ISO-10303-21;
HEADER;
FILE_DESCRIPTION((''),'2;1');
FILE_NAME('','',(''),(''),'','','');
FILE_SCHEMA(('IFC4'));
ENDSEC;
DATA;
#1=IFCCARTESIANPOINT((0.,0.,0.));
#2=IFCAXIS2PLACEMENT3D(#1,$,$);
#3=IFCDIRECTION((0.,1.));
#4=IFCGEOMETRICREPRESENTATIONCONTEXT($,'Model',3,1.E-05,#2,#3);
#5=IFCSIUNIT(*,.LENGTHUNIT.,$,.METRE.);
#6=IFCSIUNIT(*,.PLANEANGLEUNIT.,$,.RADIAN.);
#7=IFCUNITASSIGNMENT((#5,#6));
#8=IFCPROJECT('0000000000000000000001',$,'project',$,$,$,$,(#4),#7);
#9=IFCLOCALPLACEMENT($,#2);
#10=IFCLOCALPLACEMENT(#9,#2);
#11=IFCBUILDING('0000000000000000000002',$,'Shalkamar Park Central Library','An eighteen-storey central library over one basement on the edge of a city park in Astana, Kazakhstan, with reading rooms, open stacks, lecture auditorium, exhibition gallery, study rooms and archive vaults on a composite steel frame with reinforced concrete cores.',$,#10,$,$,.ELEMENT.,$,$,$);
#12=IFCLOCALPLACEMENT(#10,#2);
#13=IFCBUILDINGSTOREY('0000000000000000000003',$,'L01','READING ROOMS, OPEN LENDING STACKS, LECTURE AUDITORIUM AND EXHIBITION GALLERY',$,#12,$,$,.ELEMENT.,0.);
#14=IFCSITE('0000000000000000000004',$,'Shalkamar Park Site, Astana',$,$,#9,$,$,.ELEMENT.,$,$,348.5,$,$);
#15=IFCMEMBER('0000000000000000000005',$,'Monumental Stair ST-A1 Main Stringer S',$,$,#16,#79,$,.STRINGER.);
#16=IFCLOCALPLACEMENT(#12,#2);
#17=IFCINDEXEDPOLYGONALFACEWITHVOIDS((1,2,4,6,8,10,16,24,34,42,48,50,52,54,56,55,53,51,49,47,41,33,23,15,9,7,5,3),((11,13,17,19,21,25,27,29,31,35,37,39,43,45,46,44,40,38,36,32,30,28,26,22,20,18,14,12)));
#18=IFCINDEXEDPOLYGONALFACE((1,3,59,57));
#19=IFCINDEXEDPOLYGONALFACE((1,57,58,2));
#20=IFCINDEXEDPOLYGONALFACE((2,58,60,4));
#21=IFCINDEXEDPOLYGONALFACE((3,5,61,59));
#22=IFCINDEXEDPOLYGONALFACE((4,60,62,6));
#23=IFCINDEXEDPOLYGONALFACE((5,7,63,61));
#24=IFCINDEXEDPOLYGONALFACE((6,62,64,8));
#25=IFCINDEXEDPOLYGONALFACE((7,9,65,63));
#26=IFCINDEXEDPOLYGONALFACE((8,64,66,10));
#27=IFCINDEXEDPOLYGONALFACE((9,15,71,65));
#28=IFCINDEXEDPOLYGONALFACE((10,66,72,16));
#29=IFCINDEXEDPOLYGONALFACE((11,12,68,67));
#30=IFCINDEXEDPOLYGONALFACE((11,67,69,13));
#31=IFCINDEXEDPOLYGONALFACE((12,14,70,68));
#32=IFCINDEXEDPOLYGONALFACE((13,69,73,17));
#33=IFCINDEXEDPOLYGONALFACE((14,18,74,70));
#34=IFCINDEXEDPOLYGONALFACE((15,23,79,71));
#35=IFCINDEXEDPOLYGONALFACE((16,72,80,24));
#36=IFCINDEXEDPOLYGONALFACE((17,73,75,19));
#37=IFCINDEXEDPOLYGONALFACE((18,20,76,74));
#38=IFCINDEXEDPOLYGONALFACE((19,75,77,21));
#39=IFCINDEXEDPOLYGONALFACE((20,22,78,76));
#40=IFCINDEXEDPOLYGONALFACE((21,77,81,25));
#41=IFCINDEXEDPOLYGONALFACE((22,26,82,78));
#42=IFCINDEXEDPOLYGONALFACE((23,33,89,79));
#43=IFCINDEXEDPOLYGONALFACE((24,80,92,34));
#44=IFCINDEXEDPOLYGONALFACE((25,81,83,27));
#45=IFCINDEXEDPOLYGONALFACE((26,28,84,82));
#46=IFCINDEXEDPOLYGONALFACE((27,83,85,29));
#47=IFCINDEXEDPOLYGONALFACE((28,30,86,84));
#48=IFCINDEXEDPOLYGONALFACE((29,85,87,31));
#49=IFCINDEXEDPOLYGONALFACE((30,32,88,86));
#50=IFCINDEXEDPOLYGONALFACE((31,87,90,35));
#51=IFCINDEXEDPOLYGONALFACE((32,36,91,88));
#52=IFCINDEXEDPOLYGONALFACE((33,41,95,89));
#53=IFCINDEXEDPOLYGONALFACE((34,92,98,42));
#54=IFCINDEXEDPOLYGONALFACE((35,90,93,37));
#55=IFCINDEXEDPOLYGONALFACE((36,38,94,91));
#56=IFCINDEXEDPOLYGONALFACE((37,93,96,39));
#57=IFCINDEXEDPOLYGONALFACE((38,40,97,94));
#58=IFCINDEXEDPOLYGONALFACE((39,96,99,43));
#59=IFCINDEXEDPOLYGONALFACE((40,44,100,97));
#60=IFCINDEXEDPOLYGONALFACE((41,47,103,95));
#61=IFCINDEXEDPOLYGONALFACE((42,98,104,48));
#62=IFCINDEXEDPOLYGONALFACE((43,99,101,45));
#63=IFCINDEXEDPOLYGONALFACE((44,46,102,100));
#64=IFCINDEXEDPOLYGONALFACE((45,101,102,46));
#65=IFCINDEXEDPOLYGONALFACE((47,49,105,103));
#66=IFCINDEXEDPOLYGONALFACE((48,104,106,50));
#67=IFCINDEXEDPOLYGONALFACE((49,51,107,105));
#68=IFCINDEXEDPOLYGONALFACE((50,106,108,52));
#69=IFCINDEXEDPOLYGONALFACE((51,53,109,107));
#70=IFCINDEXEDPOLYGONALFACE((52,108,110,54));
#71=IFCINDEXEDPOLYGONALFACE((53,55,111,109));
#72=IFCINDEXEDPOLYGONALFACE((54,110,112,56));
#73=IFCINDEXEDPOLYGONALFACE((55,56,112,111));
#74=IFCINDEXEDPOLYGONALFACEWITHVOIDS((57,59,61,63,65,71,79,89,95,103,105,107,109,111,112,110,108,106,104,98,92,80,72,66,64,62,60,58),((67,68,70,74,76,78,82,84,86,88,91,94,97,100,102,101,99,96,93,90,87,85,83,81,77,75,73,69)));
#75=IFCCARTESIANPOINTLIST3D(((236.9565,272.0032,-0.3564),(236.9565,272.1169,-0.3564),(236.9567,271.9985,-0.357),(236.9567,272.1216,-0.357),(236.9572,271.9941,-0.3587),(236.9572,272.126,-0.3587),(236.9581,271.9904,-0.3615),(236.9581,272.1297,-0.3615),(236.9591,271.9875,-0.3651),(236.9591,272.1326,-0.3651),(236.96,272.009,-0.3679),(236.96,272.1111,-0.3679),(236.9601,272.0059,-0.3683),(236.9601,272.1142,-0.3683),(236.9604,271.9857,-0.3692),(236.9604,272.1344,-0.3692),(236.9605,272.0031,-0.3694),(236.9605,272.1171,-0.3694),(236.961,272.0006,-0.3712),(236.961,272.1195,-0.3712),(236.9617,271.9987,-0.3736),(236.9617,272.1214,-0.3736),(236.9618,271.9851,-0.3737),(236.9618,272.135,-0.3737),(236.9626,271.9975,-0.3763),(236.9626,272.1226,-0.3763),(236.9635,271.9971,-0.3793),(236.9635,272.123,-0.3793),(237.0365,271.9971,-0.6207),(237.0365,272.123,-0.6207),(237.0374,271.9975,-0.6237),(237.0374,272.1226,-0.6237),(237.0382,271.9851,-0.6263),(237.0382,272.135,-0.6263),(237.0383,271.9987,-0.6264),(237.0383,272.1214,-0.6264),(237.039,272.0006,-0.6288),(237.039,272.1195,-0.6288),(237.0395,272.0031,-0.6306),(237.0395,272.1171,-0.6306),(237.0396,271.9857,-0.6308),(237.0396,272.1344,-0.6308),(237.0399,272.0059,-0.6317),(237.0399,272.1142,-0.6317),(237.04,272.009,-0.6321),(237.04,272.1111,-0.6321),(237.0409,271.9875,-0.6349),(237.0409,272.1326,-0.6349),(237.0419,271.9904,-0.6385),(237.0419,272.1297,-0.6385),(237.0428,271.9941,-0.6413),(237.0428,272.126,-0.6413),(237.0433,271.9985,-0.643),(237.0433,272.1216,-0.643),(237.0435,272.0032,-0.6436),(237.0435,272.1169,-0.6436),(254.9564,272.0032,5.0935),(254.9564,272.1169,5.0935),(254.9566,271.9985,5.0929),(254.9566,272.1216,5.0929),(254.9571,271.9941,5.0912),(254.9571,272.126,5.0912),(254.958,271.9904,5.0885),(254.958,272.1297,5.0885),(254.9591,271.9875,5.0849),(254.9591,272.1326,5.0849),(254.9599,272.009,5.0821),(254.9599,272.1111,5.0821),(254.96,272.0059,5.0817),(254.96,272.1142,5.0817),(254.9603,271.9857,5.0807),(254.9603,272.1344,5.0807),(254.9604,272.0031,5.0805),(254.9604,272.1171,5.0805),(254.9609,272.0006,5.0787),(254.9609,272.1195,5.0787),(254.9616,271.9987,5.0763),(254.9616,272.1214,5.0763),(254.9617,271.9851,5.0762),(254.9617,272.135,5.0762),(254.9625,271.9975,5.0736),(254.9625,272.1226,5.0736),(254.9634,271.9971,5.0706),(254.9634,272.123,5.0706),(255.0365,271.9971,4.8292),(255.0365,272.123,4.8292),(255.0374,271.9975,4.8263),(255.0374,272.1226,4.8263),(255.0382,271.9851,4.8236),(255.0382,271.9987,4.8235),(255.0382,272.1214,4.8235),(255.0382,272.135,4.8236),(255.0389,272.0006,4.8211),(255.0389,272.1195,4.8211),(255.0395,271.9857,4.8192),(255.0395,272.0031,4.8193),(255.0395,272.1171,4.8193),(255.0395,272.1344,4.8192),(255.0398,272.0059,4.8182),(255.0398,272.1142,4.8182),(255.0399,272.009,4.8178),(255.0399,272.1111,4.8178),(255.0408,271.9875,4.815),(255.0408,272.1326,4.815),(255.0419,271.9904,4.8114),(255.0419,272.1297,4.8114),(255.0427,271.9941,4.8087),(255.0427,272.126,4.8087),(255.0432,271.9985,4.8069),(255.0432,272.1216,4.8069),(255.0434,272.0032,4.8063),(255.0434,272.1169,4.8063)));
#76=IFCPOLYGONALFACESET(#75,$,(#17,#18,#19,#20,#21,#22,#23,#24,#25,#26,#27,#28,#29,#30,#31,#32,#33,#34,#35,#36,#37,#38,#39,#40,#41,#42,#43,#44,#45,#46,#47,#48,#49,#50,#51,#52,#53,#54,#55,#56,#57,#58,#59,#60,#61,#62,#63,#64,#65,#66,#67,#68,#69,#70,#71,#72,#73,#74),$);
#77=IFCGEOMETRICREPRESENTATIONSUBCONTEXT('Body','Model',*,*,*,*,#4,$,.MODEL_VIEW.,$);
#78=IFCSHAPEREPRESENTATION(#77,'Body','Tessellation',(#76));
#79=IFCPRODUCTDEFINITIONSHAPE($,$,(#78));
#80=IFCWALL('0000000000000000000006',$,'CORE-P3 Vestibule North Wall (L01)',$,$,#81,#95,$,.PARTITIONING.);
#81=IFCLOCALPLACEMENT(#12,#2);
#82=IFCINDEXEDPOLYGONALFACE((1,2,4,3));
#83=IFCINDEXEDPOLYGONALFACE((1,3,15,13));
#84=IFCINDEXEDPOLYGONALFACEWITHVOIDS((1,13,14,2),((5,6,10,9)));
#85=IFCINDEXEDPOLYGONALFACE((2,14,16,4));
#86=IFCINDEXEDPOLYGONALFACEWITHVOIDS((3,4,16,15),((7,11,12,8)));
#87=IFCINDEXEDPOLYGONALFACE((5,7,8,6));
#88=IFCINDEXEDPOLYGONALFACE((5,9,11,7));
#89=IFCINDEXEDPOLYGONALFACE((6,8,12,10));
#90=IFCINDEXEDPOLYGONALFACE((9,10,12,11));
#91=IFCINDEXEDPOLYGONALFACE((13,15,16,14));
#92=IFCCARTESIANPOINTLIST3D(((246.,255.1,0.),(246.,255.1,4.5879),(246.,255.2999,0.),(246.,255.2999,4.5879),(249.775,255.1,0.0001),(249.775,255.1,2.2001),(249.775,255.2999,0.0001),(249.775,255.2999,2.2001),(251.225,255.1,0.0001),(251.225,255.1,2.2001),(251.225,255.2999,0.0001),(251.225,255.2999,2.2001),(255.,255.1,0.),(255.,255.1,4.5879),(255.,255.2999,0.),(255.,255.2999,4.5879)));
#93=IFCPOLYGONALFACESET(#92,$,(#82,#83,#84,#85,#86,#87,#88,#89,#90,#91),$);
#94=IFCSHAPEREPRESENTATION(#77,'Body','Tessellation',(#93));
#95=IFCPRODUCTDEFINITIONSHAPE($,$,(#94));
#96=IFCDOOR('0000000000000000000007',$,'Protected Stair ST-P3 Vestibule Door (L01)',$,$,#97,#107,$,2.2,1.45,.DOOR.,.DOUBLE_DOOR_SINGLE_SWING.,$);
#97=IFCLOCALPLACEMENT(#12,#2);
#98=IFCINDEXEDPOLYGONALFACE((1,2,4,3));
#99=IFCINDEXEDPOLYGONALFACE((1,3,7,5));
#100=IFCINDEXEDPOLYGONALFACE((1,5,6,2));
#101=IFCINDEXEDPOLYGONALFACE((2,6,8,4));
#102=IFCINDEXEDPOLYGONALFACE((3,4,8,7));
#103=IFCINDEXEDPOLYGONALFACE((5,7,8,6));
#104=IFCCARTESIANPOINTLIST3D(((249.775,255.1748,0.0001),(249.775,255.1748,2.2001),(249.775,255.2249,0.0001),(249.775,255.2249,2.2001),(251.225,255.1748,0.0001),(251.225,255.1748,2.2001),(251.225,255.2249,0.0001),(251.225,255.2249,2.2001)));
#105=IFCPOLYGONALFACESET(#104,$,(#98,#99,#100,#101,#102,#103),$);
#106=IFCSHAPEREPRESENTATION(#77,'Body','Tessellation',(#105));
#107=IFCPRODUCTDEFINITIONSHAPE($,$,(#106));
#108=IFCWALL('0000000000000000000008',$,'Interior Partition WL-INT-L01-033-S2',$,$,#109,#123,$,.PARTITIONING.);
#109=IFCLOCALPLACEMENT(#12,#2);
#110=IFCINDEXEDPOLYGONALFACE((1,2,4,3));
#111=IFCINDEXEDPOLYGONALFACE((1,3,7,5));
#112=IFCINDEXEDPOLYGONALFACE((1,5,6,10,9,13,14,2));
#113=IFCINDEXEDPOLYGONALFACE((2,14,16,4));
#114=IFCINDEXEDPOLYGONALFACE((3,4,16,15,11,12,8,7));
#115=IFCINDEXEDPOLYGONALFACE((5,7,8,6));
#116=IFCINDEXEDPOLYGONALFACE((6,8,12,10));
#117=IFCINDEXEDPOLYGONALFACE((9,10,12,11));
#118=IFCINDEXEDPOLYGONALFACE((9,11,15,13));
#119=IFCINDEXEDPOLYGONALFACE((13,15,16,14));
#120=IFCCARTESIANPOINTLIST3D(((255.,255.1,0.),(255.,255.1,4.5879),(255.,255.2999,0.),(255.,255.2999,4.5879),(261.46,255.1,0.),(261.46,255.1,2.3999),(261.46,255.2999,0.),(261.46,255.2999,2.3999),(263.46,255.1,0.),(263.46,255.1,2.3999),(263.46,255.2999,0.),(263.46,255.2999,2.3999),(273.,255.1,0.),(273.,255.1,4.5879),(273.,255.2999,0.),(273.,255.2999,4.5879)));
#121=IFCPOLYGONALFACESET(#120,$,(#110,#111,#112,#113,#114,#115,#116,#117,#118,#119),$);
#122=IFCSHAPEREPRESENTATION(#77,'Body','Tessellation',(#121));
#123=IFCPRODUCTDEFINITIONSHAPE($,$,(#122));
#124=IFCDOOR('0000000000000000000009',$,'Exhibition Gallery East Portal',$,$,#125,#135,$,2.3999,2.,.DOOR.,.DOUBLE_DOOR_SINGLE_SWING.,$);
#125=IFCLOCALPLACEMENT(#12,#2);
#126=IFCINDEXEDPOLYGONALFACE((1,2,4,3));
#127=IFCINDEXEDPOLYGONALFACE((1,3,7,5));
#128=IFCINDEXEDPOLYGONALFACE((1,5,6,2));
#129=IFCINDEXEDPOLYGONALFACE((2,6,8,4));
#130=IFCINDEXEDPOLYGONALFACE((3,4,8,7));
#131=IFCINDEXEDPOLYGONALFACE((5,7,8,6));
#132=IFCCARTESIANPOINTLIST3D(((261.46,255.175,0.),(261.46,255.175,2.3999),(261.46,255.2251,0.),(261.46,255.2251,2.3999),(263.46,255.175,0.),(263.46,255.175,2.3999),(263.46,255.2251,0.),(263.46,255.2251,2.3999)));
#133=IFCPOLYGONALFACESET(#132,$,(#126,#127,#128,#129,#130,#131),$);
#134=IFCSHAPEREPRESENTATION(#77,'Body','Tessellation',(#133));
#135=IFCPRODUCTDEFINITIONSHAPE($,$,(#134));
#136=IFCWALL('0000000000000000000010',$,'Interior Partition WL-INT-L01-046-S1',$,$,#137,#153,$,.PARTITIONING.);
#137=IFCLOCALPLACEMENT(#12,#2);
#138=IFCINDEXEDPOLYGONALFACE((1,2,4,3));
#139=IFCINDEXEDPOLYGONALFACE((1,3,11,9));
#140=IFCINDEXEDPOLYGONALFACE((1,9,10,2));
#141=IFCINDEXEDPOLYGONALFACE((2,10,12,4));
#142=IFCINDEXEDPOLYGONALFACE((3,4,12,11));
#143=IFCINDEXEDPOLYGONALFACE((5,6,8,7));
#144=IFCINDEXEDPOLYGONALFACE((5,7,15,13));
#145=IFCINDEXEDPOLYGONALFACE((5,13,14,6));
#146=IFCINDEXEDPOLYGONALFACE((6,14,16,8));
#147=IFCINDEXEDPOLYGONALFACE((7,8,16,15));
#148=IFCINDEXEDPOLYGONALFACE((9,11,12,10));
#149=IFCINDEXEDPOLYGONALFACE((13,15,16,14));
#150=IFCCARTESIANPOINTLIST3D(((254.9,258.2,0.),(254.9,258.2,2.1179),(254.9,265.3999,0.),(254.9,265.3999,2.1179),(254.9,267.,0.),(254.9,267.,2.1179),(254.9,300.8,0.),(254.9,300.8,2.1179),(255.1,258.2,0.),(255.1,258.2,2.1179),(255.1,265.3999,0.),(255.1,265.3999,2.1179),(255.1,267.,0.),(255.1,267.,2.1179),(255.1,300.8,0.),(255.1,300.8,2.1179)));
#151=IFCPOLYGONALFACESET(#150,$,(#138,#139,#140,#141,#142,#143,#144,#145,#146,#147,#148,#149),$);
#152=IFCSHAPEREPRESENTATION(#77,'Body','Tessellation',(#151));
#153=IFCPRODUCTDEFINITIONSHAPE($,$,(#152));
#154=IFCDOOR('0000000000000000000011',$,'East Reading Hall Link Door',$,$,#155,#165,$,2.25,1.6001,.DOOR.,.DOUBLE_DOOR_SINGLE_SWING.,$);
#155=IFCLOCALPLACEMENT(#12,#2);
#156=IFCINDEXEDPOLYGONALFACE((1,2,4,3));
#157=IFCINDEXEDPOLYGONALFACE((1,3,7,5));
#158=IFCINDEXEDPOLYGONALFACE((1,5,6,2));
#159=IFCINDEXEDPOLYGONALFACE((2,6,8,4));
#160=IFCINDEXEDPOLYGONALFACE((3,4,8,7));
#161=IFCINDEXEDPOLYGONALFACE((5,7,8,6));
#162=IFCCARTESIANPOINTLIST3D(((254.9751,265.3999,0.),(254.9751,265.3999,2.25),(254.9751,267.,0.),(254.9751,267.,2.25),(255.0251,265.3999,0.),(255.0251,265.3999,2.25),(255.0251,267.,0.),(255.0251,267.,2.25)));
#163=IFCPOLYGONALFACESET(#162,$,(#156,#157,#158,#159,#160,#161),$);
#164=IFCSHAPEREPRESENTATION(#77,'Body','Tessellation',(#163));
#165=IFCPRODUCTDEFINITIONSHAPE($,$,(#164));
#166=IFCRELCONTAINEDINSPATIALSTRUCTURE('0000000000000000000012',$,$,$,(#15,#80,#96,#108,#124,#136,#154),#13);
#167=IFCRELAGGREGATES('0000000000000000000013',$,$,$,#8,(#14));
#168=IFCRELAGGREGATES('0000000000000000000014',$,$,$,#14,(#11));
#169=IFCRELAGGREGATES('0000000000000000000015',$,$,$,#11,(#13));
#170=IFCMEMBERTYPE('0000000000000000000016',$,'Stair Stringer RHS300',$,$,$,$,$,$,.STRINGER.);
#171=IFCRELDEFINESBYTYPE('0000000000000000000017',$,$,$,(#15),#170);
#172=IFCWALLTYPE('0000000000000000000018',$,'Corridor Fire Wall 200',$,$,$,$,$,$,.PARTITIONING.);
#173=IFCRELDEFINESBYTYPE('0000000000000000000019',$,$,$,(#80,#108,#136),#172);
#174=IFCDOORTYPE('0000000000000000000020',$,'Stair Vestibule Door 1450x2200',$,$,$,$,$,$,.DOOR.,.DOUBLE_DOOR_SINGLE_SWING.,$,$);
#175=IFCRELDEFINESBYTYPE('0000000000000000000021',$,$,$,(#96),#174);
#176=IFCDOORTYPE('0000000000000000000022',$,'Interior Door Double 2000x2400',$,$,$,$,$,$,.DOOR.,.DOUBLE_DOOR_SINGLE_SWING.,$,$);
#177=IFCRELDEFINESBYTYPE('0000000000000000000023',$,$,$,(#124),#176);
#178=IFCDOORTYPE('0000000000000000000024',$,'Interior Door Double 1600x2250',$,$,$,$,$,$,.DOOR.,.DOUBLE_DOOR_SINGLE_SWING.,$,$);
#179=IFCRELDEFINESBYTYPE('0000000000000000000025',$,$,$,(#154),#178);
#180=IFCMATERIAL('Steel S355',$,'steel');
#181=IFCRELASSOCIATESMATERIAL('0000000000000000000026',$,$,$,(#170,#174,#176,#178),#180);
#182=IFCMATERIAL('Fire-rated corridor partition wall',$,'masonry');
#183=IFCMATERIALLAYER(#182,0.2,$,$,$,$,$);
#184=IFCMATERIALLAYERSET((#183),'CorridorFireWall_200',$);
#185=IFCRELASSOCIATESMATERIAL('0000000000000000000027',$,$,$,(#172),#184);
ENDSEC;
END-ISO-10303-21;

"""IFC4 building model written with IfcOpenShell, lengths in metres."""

from ifc_helpers import new_model, si_unit, direction, frame, frame_2d, origin, origin_2d, place, context, subcontext, project, spatial, rectangle, hollow_rectangle, extrude, material, layer, layer_set, material_profile, profile_set, type_object, element, fill, save


model = new_model("IFC4")

# Units and contexts
model_context = context("Model", 3, precision=1e-05, world=origin(), true_north=direction((0.0, 1.0)))
body_context = subcontext(model_context, "Body", "Model", "MODEL_VIEW")
ifc_project = project(units=[si_unit("LENGTHUNIT", "METRE"), si_unit("PLANEANGLEUNIT", "RADIAN")], contexts=[model_context])

# Site, building, storey
site_placement = place(None, origin())
site = spatial("IfcSite", under=ifc_project, at=site_placement, Name="Shalkamar Park Site, Astana", CompositionType="ELEMENT", RefElevation=348.5)
building_placement = place(site_placement, origin())
building = spatial("IfcBuilding", under=site, at=building_placement, Name="Shalkamar Park Central Library", Description="An eighteen-storey central library over one basement on the edge of a city park in Astana, Kazakhstan, with reading rooms, open stacks, lecture auditorium, exhibition gallery, study rooms and archive vaults on a composite steel frame with reinforced concrete cores.", CompositionType="ELEMENT")
storey_placement = place(building_placement, origin())
storey = spatial("IfcBuildingStorey", under=building, at=storey_placement, Name="L01", Description="READING ROOMS, OPEN LENDING STACKS, LECTURE AUDITORIUM AND EXHIBITION GALLERY", CompositionType="ELEMENT", Elevation=0.0)

# Shared definitions
ifc_material_1 = material(Name="Steel S355", Category="steel")

# Member
ifc_material_profile_1 = material_profile(ifc_material_1, hollow_rectangle(XDim=0.1499, YDim=0.3, WallThickness=0.012, InnerFilletRadius=0.012, OuterFilletRadius=0.0181, at=origin_2d()), Name="RHS 300x150x12")
ifc_profile_set_1 = profile_set([ifc_material_profile_1], Name="Steel S355")
member_type = type_object("IfcMemberType", Name="Stair Stringer RHS300", PredefinedType="STRINGER", material=ifc_profile_set_1)
member_placement = place(storey_placement, frame((237.0, 272.0601, -0.5), z_axis=(0.957092, 0.0, 0.289784), x_axis=(0.0, 1.0, 0.0)))
element("IfcMember", 1, at=member_placement, inside=storey, type_object=member_type, Name="Monumental Stair ST-A1 Main Stringer S", PredefinedType="STRINGER", context=body_context, shape_type="SweptSolid", body=[
    extrude(hollow_rectangle(XDim=0.1499, YDim=0.3, WallThickness=0.012, InnerFilletRadius=0.012, OuterFilletRadius=0.0181, at=origin_2d()), origin(), (0.0, 0.0, 1.0), 18.8069),
])

# Walls, openings, doors
ifc_material_2 = material(Name="Fire-rated corridor partition wall", Category="masonry")
ifc_layer = layer(ifc_material_2, 0.2)
ifc_layer_set = layer_set([ifc_layer], Name="CorridorFireWall_200")
wall_type = type_object("IfcWallType", Name="Corridor Fire Wall 200", PredefinedType="PARTITIONING", material=ifc_layer_set)
wall_1_placement = place(storey_placement, frame((246.0, 255.2, 0.0), z_axis=(0.0, 0.0, 1.0), x_axis=(1.0, 0.0, 0.0)))
wall_1 = element("IfcWall", 2, at=wall_1_placement, inside=storey, type_object=wall_type, Name="CORE-P3 Vestibule North Wall (L01)", PredefinedType="PARTITIONING", context=body_context, shape_type="SweptSolid", body=[
    extrude(rectangle(XDim=9.0, YDim=0.2, at=frame_2d((4.5, 0.0))), origin(), (0.0, 0.0, 1.0), 4.5879),
])
opening_1_placement = place(wall_1_placement, frame((3.7749, 0.0, 0.0)))
opening_1 = element("IfcOpeningElement", 3, at=opening_1_placement, cuts=wall_1, PredefinedType="OPENING", context=body_context, shape_type="SweptSolid", body=[
    extrude(rectangle(XDim=1.45, YDim=2.2, at=frame_2d((0.7251, 1.1001))), frame((0.0, 0.1147, 0.0), z_axis=(0.0, -1.0, 0.0), x_axis=(1.0, 0.0, 0.0)), (0.0, 0.0, 1.0), 0.2297),
])
door_type_1 = type_object("IfcDoorType", Name="Stair Vestibule Door 1450x2200", OperationType="DOUBLE_DOOR_SINGLE_SWING", PredefinedType="DOOR", material=ifc_material_1)
door_1_placement = place(opening_1_placement, origin())
door_1 = element("IfcDoor", 4, at=door_1_placement, inside=storey, type_object=door_type_1, Name="Protected Stair ST-P3 Vestibule Door (L01)", OperationType="DOUBLE_DOOR_SINGLE_SWING", OverallHeight=2.2, OverallWidth=1.45, PredefinedType="DOOR", context=body_context, shape_type="SweptSolid", body=[
    extrude(rectangle(XDim=1.45, YDim=2.2, at=frame_2d((0.7251, 1.1001))), frame((0.0, 0.0249, 0.0), z_axis=(0.0, -1.0, 0.0), x_axis=(1.0, 0.0, 0.0)), (0.0, 0.0, 1.0), 0.05),
])
fill(opening_1, door_1)
wall_2_placement = place(storey_placement, frame((255.0, 255.2, 0.0), z_axis=(0.0, 0.0, 1.0), x_axis=(1.0, 0.0, 0.0)))
wall_2 = element("IfcWall", 5, at=wall_2_placement, inside=storey, type_object=wall_type, Name="Interior Partition WL-INT-L01-033-S2", PredefinedType="PARTITIONING", context=body_context, shape_type="SweptSolid", body=[
    extrude(rectangle(XDim=18.0, YDim=0.2, at=frame_2d((9.0, 0.0))), origin(), (0.0, 0.0, 1.0), 4.5879),
])
opening_2_placement = place(wall_2_placement, frame((6.46, 0.0, 0.0)))
opening_2 = element("IfcOpeningElement", 6, at=opening_2_placement, cuts=wall_2, PredefinedType="OPENING", context=body_context, shape_type="SweptSolid", body=[
    extrude(rectangle(XDim=2.0, YDim=2.3999, at=frame_2d((1.0, 1.2))), frame((0.0, 0.1147, 0.0), z_axis=(0.0, -1.0, 0.0), x_axis=(1.0, 0.0, 0.0)), (0.0, 0.0, 1.0), 0.2297),
])
door_type_2 = type_object("IfcDoorType", Name="Interior Door Double 2000x2400", OperationType="DOUBLE_DOOR_SINGLE_SWING", PredefinedType="DOOR", material=ifc_material_1)
door_2_placement = place(opening_2_placement, frame((2.0, 0.0, 0.0), z_axis=(0.0, 0.0, 1.0), x_axis=(-1.0, 0.0, 0.0)))
door_2 = element("IfcDoor", 7, at=door_2_placement, inside=storey, type_object=door_type_2, Name="Exhibition Gallery East Portal", OperationType="DOUBLE_DOOR_SINGLE_SWING", OverallHeight=2.3999, OverallWidth=2.0, PredefinedType="DOOR", context=body_context, shape_type="SweptSolid", body=[
    extrude(rectangle(XDim=2.0, YDim=2.3999, at=frame_2d((1.0, 1.2))), frame((0.0, 0.0249, 0.0), z_axis=(0.0, -1.0, 0.0), x_axis=(1.0, 0.0, 0.0)), (0.0, 0.0, 1.0), 0.05),
])
fill(opening_2, door_2)
wall_3_placement = place(storey_placement, frame((255.0, 258.2, 0.0), z_axis=(0.0, 0.0, 1.0), x_axis=(0.0, 1.0, 0.0)))
wall_3 = element("IfcWall", 8, at=wall_3_placement, inside=storey, type_object=wall_type, Name="Interior Partition WL-INT-L01-046-S1", PredefinedType="PARTITIONING", context=body_context, shape_type="SweptSolid", body=[
    extrude(rectangle(XDim=42.6001, YDim=0.2, at=frame_2d((21.3, 0.0))), origin(), (0.0, 0.0, 1.0), 2.1179),
])
opening_3_placement = place(wall_3_placement, frame((7.2, 0.0, 0.0)))
opening_3 = element("IfcOpeningElement", 9, at=opening_3_placement, cuts=wall_3, PredefinedType="OPENING", context=body_context, shape_type="SweptSolid", body=[
    extrude(rectangle(XDim=1.6001, YDim=2.25, at=frame_2d((0.8, 1.125))), frame((0.0, 0.1147, 0.0), z_axis=(0.0, -1.0, 0.0), x_axis=(1.0, 0.0, 0.0)), (0.0, 0.0, 1.0), 0.2297),
])
door_type_3 = type_object("IfcDoorType", Name="Interior Door Double 1600x2250", OperationType="DOUBLE_DOOR_SINGLE_SWING", PredefinedType="DOOR", material=ifc_material_1)
door_3_placement = place(opening_3_placement, origin())
door_3 = element("IfcDoor", 10, at=door_3_placement, inside=storey, type_object=door_type_3, Name="East Reading Hall Link Door", OperationType="DOUBLE_DOOR_SINGLE_SWING", OverallHeight=2.25, OverallWidth=1.6001, PredefinedType="DOOR", context=body_context, shape_type="SweptSolid", body=[
    extrude(rectangle(XDim=1.6001, YDim=2.25, at=frame_2d((0.8, 1.125))), frame((0.0, 0.0249, 0.0), z_axis=(0.0, -1.0, 0.0), x_axis=(1.0, 0.0, 0.0)), (0.0, 0.0, 1.0), 0.05),
])
fill(opening_3, door_3)

save(model, "model.ifc")
